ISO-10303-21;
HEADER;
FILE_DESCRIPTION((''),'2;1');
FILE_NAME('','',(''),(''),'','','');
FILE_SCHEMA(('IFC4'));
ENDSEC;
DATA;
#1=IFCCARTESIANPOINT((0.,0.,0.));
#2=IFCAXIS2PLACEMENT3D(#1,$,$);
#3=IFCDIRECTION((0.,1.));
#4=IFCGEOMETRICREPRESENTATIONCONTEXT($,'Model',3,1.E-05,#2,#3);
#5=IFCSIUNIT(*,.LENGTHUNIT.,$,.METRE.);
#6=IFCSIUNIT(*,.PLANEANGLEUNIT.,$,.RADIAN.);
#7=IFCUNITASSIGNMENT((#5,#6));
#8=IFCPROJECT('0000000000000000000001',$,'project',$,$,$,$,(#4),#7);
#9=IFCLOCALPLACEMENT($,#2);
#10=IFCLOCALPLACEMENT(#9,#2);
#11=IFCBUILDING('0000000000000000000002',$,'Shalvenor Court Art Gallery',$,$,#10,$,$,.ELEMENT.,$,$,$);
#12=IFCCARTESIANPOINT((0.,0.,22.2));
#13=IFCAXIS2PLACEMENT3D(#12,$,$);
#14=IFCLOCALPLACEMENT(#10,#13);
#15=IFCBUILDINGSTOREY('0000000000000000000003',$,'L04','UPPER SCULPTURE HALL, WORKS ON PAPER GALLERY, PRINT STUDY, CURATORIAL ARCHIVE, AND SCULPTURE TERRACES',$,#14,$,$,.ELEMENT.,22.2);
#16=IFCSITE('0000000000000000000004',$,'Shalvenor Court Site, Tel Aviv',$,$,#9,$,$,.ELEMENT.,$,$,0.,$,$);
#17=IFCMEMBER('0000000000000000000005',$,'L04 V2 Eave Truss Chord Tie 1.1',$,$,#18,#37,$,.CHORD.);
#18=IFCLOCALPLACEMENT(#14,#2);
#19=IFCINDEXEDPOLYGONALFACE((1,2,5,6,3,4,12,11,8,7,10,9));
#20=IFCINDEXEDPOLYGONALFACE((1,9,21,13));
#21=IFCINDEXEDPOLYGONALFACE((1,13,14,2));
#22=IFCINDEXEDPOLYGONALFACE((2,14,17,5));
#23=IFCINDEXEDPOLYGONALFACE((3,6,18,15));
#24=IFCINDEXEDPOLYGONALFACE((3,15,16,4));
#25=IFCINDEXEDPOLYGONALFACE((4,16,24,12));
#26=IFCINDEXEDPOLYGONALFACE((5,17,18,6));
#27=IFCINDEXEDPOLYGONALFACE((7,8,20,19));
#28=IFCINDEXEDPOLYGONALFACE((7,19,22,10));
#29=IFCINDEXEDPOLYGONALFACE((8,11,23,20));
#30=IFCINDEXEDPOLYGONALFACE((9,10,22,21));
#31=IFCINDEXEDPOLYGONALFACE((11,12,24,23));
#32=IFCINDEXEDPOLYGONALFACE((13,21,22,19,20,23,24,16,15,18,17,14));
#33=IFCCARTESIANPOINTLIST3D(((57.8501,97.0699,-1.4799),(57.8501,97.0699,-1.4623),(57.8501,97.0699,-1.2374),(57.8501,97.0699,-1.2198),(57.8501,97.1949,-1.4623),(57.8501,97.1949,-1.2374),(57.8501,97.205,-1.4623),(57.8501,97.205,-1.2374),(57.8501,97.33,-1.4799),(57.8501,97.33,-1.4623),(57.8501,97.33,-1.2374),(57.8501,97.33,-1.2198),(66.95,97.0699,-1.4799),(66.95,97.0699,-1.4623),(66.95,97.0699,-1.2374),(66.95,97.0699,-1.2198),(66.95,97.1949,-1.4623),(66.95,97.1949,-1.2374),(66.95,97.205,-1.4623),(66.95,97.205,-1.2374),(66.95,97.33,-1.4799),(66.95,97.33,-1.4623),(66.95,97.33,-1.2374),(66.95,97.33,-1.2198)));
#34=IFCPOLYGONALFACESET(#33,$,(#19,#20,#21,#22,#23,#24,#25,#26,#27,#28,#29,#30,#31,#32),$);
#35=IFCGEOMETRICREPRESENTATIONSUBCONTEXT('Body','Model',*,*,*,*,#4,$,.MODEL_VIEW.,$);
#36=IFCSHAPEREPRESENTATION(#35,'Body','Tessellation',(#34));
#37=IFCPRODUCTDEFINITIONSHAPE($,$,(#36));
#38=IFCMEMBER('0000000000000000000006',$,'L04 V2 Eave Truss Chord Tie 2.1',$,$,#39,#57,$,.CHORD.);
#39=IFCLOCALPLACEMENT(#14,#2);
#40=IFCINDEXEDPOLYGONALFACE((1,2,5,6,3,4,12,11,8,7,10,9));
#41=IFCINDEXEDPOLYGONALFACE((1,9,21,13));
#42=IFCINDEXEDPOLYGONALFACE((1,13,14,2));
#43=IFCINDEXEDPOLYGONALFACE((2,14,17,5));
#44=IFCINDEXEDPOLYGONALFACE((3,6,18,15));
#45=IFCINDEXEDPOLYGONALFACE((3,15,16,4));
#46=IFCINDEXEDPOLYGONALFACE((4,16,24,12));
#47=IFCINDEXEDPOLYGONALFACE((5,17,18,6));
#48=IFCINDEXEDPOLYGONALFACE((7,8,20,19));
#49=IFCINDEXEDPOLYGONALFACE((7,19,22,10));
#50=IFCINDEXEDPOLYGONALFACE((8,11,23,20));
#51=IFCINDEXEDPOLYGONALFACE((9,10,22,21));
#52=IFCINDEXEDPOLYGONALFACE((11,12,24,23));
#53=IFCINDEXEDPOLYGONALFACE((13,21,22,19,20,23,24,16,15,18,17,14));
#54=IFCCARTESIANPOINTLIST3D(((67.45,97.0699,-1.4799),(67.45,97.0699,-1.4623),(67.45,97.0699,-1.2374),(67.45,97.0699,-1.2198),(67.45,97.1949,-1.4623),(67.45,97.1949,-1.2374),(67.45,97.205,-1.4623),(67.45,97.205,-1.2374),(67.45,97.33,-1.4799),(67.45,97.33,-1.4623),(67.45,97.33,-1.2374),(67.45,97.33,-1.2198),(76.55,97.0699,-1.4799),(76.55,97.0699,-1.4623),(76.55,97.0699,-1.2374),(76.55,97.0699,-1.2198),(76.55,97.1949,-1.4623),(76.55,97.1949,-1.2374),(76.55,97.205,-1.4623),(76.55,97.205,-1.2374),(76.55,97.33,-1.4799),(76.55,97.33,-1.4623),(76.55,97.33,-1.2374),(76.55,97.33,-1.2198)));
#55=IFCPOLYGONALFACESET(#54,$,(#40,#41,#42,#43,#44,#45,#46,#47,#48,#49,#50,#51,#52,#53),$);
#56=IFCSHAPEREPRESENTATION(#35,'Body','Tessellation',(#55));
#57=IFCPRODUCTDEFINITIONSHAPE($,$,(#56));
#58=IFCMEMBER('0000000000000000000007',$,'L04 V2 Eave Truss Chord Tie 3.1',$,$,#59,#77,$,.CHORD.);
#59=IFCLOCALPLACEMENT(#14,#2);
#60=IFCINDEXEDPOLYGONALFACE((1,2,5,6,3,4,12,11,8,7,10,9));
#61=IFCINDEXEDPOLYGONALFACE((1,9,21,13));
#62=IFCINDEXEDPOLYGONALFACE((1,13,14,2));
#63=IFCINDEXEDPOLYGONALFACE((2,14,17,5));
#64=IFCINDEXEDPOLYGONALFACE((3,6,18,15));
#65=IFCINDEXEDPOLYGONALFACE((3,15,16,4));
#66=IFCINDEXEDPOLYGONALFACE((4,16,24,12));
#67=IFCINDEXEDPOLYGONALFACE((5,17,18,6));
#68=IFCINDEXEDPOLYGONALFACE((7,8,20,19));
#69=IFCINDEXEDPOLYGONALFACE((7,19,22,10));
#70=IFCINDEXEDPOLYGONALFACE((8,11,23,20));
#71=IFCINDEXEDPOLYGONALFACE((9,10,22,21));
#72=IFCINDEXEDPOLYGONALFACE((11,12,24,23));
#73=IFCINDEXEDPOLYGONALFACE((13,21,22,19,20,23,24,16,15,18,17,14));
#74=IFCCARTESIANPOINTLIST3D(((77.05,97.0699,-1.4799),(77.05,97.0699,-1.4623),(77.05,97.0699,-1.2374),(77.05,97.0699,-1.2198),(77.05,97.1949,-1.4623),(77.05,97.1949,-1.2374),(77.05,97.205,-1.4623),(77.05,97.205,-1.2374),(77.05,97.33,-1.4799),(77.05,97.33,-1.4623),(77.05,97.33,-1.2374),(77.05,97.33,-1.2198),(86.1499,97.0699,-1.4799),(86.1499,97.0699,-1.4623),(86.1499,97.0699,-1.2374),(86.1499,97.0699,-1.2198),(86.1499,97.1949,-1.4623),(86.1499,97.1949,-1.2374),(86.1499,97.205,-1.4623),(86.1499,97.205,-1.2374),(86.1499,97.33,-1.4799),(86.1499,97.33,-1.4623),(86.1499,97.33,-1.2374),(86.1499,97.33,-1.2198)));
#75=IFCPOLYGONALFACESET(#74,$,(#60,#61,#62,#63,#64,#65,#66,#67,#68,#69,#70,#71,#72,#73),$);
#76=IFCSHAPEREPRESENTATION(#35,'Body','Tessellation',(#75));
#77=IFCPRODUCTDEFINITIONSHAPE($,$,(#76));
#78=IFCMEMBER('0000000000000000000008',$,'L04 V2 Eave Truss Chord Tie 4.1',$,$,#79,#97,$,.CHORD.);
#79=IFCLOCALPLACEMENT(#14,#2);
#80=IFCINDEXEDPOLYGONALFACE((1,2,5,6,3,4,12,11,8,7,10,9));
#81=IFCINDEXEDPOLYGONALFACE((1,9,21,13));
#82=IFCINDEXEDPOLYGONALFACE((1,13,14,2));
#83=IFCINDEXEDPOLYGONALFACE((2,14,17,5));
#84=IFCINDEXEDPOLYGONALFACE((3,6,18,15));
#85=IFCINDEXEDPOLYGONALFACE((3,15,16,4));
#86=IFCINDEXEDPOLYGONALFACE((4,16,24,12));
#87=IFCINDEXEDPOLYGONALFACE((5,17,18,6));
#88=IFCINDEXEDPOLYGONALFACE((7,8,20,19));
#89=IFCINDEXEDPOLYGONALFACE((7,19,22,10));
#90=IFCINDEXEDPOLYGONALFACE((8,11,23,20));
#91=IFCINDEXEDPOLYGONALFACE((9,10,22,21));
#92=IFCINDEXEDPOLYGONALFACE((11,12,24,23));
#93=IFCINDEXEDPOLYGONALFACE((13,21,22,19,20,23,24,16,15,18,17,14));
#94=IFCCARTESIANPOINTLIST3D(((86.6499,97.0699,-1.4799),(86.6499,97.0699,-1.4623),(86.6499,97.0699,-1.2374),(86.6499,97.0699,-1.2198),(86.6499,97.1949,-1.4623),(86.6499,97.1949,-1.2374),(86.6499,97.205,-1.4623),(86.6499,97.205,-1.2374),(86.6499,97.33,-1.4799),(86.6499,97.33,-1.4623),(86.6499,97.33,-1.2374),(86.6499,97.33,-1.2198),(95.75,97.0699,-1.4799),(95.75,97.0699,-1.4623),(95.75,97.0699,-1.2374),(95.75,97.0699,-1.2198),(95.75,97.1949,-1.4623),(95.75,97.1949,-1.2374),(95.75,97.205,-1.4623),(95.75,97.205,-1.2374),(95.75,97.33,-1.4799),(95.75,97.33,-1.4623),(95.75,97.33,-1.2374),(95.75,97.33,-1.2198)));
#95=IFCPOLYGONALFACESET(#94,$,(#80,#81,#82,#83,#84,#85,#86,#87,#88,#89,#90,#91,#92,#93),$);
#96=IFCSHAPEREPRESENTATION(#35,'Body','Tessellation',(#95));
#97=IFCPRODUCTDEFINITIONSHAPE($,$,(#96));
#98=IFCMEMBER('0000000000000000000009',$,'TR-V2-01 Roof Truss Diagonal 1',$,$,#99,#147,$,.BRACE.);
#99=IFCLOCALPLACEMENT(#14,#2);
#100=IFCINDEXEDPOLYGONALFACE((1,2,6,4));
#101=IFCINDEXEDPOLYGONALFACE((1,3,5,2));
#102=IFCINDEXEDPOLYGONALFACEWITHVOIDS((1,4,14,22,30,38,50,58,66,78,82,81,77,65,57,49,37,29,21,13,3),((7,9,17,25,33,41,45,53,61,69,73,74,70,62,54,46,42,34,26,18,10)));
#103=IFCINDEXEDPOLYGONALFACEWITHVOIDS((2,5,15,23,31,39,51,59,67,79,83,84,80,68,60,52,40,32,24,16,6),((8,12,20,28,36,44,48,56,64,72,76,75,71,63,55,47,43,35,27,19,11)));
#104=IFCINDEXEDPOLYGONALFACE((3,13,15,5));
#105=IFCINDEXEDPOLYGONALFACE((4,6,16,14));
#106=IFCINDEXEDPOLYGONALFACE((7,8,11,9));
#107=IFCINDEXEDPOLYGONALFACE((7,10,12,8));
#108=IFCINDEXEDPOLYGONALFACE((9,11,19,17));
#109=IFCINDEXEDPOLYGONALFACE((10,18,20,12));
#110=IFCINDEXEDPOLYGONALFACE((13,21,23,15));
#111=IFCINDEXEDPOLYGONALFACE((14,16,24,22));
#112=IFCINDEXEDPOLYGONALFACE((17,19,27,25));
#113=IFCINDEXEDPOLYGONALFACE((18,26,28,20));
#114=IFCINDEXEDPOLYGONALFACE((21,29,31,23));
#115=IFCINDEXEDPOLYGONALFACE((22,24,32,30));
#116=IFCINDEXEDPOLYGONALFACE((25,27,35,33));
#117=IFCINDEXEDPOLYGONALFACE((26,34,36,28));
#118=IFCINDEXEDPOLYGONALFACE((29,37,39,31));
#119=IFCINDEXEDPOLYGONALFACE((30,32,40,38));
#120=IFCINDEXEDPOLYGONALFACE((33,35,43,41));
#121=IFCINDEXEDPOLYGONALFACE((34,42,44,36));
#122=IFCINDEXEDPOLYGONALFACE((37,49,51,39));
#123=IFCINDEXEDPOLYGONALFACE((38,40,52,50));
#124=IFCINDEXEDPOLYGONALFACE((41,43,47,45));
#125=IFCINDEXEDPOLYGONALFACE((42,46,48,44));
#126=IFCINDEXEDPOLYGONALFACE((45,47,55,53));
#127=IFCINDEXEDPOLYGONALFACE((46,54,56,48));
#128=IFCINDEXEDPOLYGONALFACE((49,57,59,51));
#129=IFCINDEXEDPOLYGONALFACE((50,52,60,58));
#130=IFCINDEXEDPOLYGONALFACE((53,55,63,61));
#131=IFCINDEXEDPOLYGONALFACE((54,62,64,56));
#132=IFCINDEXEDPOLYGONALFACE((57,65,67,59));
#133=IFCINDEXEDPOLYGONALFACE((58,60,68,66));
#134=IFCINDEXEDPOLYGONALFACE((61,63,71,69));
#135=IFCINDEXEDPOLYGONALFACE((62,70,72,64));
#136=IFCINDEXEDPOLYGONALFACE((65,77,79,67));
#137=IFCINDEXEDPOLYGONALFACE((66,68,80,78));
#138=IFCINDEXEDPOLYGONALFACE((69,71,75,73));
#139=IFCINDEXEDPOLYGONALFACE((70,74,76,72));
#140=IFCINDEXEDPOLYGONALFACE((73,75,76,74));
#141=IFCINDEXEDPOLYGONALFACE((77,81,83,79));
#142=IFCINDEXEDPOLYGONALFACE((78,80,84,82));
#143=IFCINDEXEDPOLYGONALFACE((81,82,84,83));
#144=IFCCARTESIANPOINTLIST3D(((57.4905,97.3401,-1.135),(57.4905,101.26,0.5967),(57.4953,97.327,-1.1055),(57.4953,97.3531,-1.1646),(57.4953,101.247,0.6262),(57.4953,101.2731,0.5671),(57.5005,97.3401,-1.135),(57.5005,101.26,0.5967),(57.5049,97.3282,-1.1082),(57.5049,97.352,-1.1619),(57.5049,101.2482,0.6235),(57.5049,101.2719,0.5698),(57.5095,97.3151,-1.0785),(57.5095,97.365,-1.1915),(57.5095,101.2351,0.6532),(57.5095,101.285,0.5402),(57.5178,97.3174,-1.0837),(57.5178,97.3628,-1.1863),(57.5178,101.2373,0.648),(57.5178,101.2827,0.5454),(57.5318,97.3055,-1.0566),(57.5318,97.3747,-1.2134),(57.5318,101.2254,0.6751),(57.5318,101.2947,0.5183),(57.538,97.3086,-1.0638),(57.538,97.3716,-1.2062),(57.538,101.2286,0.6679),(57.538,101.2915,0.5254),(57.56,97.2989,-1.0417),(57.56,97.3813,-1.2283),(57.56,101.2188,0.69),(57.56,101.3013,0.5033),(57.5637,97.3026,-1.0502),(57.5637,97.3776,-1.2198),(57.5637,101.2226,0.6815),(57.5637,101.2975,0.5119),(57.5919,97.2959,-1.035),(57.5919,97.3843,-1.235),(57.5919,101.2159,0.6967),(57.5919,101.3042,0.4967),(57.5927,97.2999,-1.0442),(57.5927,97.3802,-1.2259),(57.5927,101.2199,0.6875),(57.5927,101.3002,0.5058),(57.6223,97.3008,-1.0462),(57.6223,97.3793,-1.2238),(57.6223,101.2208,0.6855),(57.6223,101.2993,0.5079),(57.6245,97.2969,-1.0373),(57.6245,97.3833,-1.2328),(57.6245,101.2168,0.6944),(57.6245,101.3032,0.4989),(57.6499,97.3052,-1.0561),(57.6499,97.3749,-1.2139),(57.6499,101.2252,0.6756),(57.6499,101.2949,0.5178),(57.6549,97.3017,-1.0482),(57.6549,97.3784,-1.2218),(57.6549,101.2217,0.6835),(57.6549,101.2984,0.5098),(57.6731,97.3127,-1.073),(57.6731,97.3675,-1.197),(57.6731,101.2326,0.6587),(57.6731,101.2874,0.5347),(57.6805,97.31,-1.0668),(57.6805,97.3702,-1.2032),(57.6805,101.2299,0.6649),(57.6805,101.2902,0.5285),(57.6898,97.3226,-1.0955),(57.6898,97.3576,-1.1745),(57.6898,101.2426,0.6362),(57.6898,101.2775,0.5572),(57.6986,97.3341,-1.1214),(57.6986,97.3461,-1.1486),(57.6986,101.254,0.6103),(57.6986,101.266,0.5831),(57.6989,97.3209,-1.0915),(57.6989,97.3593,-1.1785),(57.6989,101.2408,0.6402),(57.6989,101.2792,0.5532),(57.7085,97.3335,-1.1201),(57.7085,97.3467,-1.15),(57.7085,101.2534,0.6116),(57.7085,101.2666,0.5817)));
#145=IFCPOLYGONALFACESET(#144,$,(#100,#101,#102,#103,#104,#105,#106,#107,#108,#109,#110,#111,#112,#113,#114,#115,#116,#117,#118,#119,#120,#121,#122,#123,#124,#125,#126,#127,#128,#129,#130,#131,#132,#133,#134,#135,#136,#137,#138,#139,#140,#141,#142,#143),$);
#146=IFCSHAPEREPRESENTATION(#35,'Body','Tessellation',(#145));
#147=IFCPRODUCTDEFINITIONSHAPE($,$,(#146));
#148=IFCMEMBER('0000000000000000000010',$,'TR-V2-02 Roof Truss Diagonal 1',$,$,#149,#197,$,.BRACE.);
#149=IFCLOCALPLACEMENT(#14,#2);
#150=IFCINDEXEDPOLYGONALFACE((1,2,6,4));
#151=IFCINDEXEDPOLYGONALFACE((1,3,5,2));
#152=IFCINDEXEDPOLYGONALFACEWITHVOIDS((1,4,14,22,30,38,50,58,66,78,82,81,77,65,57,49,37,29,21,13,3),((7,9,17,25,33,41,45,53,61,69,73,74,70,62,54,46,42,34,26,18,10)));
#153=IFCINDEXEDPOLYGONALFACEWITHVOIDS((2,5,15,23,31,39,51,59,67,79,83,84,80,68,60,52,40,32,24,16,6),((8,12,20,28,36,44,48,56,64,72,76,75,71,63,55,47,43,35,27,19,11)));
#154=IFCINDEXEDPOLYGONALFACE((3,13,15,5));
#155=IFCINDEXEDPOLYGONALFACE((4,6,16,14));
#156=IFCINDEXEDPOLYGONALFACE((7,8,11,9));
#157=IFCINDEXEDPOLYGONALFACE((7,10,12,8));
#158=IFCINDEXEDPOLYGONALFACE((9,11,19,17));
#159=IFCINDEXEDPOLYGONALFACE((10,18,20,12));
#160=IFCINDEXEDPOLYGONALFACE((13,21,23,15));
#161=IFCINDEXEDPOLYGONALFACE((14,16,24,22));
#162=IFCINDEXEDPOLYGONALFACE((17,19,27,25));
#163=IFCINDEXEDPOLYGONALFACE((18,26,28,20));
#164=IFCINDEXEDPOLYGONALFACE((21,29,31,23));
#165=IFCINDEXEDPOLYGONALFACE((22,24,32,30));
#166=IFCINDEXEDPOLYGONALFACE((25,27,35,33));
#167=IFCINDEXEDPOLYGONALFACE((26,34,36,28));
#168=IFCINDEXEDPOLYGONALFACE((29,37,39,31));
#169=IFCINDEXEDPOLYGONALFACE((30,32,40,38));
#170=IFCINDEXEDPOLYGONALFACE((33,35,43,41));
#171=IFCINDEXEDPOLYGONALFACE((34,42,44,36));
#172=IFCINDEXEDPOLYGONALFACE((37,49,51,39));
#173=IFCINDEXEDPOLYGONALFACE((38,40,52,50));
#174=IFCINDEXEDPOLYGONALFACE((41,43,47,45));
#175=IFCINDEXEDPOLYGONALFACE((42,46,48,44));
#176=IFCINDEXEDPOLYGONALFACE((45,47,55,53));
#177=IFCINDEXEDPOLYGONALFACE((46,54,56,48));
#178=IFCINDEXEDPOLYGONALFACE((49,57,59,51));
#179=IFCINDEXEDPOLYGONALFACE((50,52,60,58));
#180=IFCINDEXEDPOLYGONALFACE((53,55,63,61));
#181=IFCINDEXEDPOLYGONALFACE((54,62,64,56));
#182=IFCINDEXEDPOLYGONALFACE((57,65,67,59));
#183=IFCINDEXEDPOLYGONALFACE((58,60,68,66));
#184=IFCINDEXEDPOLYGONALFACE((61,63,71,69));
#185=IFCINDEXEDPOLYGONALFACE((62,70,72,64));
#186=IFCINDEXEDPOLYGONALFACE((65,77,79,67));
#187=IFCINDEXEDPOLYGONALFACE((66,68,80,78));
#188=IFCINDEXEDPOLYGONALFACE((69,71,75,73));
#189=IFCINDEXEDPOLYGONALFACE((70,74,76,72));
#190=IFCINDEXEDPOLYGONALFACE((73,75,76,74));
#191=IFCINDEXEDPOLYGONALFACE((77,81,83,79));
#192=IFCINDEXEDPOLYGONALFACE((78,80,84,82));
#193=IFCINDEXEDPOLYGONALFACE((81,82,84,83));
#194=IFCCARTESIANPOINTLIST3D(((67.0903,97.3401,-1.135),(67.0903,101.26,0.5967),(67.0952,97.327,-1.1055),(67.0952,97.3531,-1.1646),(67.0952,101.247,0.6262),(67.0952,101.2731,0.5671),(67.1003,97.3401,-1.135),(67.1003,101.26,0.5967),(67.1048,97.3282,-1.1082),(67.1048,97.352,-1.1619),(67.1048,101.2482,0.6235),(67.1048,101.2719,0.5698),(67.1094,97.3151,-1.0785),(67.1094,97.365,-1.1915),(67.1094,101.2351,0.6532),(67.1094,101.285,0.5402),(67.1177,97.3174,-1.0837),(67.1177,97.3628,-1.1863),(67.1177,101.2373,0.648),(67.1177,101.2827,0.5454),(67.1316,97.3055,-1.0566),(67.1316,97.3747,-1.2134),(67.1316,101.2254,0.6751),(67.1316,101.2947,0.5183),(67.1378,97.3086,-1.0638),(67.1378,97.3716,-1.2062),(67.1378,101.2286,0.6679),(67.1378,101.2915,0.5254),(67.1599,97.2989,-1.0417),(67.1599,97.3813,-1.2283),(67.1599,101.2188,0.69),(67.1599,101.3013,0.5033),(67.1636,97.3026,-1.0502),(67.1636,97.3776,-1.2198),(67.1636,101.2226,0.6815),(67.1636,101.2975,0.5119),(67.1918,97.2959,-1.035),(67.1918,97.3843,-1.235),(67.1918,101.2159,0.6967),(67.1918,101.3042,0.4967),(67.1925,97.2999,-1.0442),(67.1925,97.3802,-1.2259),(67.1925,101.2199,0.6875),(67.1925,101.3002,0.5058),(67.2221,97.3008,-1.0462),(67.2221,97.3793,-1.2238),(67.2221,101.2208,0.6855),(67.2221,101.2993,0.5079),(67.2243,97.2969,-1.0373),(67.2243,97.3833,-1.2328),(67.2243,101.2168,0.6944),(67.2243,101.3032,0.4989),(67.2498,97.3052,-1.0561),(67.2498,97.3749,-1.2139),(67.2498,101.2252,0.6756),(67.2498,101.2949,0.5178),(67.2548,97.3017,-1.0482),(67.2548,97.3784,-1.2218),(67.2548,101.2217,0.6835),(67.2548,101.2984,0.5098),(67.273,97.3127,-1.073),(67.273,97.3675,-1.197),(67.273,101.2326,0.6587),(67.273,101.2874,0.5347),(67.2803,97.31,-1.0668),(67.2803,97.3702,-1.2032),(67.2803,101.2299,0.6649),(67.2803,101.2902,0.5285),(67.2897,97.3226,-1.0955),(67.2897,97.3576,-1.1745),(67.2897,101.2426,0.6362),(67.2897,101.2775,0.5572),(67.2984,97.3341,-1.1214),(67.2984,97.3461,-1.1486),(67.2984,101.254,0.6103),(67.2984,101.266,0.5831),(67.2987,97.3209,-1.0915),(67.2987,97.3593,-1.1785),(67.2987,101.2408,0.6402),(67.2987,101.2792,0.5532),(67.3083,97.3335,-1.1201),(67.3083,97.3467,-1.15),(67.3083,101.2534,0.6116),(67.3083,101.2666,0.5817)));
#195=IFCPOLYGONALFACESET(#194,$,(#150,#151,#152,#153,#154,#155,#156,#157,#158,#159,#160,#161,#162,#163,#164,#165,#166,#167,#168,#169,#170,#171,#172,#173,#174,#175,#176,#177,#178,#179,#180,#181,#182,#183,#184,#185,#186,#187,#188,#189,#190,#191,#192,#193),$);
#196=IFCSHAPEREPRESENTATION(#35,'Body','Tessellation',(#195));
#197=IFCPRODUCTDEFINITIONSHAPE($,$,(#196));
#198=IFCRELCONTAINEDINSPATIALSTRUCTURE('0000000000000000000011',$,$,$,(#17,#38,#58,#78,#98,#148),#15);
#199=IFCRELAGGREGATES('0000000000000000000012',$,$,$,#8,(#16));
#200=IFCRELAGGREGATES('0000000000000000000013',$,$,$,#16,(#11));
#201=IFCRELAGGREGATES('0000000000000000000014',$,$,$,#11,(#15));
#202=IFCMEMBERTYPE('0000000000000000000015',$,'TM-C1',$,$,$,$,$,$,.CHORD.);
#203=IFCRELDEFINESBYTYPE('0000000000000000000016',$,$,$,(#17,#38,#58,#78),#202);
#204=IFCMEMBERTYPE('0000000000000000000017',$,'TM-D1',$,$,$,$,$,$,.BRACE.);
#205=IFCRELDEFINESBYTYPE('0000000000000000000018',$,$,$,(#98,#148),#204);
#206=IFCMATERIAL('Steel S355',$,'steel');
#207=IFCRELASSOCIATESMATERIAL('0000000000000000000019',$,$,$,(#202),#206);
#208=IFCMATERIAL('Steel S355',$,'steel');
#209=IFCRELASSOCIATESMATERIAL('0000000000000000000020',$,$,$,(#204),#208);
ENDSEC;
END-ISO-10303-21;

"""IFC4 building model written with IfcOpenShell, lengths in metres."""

from ifc_helpers import new_model, si_unit, direction, frame, origin, origin_2d, place, context, subcontext, project, spatial, hollow_circle, i_section, extrude, material, material_profile, profile_set, type_object, element, save


model = new_model("IFC4")

# Units and contexts
model_context = context("Model", 3, precision=1e-05, world=origin(), true_north=direction((0.0, 1.0)))
body_context = subcontext(model_context, "Body", "Model", "MODEL_VIEW")
ifc_project = project(units=[si_unit("LENGTHUNIT", "METRE"), si_unit("PLANEANGLEUNIT", "RADIAN")], contexts=[model_context])

# Site, building, storey
site_placement = place(None, origin())
site = spatial("IfcSite", under=ifc_project, at=site_placement, Name="Shalvenor Court Site, Tel Aviv", CompositionType="ELEMENT", RefElevation=0.0)
building_placement = place(site_placement, origin())
building = spatial("IfcBuilding", under=site, at=building_placement, Name="Shalvenor Court Art Gallery", CompositionType="ELEMENT")
storey_placement = place(building_placement, frame((0.0, 0.0, 22.2)))
storey = spatial("IfcBuildingStorey", under=building, at=storey_placement, Name="L04", Description="UPPER SCULPTURE HALL, WORKS ON PAPER GALLERY, PRINT STUDY, CURATORIAL ARCHIVE, AND SCULPTURE TERRACES", CompositionType="ELEMENT", Elevation=22.2)

# Members
ifc_material_1 = material(Name="Steel S355", Category="steel")
ifc_material_profile_1 = material_profile(ifc_material_1, i_section(OverallWidth=0.26, OverallDepth=0.26, WebThickness=0.01, FlangeThickness=0.0176, at=origin_2d()), Name="HEB 260")
ifc_profile_set_1 = profile_set([ifc_material_profile_1], Name="Steel S355")
member_type_1 = type_object("IfcMemberType", Name="TM-C1", PredefinedType="CHORD", material=ifc_profile_set_1)
member_1_placement = place(storey_placement, frame((57.8501, 97.2, -1.3499), z_axis=(1.0, 0.0, 0.0), x_axis=(0.0, 1.0, 0.0)))
element("IfcMember", 1, at=member_1_placement, inside=storey, type_object=member_type_1, Name="L04 V2 Eave Truss Chord Tie 1.1", PredefinedType="CHORD", context=body_context, shape_type="SweptSolid", body=[
    extrude(i_section(OverallWidth=0.26, OverallDepth=0.26, WebThickness=0.01, FlangeThickness=0.0176, at=origin_2d()), origin(), (0.0, 0.0, 1.0), 9.0999),
])
member_2_placement = place(storey_placement, frame((67.45, 97.2, -1.3499), z_axis=(1.0, 0.0, 0.0), x_axis=(0.0, 1.0, 0.0)))
element("IfcMember", 2, at=member_2_placement, inside=storey, type_object=member_type_1, Name="L04 V2 Eave Truss Chord Tie 2.1", PredefinedType="CHORD", context=body_context, shape_type="SweptSolid", body=[
    extrude(i_section(OverallWidth=0.26, OverallDepth=0.26, WebThickness=0.01, FlangeThickness=0.0176, at=origin_2d()), origin(), (0.0, 0.0, 1.0), 9.1001),
])
member_3_placement = place(storey_placement, frame((77.05, 97.2, -1.3499), z_axis=(1.0, 0.0, 0.0), x_axis=(0.0, 1.0, 0.0)))
element("IfcMember", 3, at=member_3_placement, inside=storey, type_object=member_type_1, Name="L04 V2 Eave Truss Chord Tie 3.1", PredefinedType="CHORD", context=body_context, shape_type="SweptSolid", body=[
    extrude(i_section(OverallWidth=0.26, OverallDepth=0.26, WebThickness=0.01, FlangeThickness=0.0176, at=origin_2d()), origin(), (0.0, 0.0, 1.0), 9.0999),
])
member_4_placement = place(storey_placement, frame((86.6499, 97.2, -1.3499), z_axis=(1.0, 0.0, 0.0), x_axis=(0.0, 1.0, 0.0)))
element("IfcMember", 4, at=member_4_placement, inside=storey, type_object=member_type_1, Name="L04 V2 Eave Truss Chord Tie 4.1", PredefinedType="CHORD", context=body_context, shape_type="SweptSolid", body=[
    extrude(i_section(OverallWidth=0.26, OverallDepth=0.26, WebThickness=0.01, FlangeThickness=0.0176, at=origin_2d()), origin(), (0.0, 0.0, 1.0), 9.1001),
])
ifc_material_2 = material(Name="Steel S355", Category="steel")
ifc_material_profile_2 = material_profile(ifc_material_2, hollow_circle(Radius=0.1096, WallThickness=0.01, at=origin_2d()), Name="CHS 219.1x10.0")
ifc_profile_set_2 = profile_set([ifc_material_profile_2], Name="Steel S355")
member_type_2 = type_object("IfcMemberType", Name="TM-D1", PredefinedType="BRACE", material=ifc_profile_set_2)
for number, where, z_axis, x_axis, name in (
    (5, (57.6001, 97.3401, -1.135), (0.0, 0.914718, 0.404092), (-1.0, 0.0, 0.0), "TR-V2-01 Roof Truss Diagonal 1"),
    (6, (67.2, 97.3401, -1.135), (0.0, 0.914718, 0.404092), (-1.0, 0.0, 0.0), "TR-V2-02 Roof Truss Diagonal 1"),
):
    element("IfcMember", number, at=place(storey_placement, frame(where, z_axis=z_axis, x_axis=x_axis)), inside=storey, type_object=member_type_2, Name=name, PredefinedType="BRACE", context=body_context, shape_type="SweptSolid", body=[
        extrude(hollow_circle(Radius=0.1096, WallThickness=0.01, at=origin_2d()), origin(), (0.0, 0.0, 1.0), 4.2854),
    ])

save(model, "model.ifc")
